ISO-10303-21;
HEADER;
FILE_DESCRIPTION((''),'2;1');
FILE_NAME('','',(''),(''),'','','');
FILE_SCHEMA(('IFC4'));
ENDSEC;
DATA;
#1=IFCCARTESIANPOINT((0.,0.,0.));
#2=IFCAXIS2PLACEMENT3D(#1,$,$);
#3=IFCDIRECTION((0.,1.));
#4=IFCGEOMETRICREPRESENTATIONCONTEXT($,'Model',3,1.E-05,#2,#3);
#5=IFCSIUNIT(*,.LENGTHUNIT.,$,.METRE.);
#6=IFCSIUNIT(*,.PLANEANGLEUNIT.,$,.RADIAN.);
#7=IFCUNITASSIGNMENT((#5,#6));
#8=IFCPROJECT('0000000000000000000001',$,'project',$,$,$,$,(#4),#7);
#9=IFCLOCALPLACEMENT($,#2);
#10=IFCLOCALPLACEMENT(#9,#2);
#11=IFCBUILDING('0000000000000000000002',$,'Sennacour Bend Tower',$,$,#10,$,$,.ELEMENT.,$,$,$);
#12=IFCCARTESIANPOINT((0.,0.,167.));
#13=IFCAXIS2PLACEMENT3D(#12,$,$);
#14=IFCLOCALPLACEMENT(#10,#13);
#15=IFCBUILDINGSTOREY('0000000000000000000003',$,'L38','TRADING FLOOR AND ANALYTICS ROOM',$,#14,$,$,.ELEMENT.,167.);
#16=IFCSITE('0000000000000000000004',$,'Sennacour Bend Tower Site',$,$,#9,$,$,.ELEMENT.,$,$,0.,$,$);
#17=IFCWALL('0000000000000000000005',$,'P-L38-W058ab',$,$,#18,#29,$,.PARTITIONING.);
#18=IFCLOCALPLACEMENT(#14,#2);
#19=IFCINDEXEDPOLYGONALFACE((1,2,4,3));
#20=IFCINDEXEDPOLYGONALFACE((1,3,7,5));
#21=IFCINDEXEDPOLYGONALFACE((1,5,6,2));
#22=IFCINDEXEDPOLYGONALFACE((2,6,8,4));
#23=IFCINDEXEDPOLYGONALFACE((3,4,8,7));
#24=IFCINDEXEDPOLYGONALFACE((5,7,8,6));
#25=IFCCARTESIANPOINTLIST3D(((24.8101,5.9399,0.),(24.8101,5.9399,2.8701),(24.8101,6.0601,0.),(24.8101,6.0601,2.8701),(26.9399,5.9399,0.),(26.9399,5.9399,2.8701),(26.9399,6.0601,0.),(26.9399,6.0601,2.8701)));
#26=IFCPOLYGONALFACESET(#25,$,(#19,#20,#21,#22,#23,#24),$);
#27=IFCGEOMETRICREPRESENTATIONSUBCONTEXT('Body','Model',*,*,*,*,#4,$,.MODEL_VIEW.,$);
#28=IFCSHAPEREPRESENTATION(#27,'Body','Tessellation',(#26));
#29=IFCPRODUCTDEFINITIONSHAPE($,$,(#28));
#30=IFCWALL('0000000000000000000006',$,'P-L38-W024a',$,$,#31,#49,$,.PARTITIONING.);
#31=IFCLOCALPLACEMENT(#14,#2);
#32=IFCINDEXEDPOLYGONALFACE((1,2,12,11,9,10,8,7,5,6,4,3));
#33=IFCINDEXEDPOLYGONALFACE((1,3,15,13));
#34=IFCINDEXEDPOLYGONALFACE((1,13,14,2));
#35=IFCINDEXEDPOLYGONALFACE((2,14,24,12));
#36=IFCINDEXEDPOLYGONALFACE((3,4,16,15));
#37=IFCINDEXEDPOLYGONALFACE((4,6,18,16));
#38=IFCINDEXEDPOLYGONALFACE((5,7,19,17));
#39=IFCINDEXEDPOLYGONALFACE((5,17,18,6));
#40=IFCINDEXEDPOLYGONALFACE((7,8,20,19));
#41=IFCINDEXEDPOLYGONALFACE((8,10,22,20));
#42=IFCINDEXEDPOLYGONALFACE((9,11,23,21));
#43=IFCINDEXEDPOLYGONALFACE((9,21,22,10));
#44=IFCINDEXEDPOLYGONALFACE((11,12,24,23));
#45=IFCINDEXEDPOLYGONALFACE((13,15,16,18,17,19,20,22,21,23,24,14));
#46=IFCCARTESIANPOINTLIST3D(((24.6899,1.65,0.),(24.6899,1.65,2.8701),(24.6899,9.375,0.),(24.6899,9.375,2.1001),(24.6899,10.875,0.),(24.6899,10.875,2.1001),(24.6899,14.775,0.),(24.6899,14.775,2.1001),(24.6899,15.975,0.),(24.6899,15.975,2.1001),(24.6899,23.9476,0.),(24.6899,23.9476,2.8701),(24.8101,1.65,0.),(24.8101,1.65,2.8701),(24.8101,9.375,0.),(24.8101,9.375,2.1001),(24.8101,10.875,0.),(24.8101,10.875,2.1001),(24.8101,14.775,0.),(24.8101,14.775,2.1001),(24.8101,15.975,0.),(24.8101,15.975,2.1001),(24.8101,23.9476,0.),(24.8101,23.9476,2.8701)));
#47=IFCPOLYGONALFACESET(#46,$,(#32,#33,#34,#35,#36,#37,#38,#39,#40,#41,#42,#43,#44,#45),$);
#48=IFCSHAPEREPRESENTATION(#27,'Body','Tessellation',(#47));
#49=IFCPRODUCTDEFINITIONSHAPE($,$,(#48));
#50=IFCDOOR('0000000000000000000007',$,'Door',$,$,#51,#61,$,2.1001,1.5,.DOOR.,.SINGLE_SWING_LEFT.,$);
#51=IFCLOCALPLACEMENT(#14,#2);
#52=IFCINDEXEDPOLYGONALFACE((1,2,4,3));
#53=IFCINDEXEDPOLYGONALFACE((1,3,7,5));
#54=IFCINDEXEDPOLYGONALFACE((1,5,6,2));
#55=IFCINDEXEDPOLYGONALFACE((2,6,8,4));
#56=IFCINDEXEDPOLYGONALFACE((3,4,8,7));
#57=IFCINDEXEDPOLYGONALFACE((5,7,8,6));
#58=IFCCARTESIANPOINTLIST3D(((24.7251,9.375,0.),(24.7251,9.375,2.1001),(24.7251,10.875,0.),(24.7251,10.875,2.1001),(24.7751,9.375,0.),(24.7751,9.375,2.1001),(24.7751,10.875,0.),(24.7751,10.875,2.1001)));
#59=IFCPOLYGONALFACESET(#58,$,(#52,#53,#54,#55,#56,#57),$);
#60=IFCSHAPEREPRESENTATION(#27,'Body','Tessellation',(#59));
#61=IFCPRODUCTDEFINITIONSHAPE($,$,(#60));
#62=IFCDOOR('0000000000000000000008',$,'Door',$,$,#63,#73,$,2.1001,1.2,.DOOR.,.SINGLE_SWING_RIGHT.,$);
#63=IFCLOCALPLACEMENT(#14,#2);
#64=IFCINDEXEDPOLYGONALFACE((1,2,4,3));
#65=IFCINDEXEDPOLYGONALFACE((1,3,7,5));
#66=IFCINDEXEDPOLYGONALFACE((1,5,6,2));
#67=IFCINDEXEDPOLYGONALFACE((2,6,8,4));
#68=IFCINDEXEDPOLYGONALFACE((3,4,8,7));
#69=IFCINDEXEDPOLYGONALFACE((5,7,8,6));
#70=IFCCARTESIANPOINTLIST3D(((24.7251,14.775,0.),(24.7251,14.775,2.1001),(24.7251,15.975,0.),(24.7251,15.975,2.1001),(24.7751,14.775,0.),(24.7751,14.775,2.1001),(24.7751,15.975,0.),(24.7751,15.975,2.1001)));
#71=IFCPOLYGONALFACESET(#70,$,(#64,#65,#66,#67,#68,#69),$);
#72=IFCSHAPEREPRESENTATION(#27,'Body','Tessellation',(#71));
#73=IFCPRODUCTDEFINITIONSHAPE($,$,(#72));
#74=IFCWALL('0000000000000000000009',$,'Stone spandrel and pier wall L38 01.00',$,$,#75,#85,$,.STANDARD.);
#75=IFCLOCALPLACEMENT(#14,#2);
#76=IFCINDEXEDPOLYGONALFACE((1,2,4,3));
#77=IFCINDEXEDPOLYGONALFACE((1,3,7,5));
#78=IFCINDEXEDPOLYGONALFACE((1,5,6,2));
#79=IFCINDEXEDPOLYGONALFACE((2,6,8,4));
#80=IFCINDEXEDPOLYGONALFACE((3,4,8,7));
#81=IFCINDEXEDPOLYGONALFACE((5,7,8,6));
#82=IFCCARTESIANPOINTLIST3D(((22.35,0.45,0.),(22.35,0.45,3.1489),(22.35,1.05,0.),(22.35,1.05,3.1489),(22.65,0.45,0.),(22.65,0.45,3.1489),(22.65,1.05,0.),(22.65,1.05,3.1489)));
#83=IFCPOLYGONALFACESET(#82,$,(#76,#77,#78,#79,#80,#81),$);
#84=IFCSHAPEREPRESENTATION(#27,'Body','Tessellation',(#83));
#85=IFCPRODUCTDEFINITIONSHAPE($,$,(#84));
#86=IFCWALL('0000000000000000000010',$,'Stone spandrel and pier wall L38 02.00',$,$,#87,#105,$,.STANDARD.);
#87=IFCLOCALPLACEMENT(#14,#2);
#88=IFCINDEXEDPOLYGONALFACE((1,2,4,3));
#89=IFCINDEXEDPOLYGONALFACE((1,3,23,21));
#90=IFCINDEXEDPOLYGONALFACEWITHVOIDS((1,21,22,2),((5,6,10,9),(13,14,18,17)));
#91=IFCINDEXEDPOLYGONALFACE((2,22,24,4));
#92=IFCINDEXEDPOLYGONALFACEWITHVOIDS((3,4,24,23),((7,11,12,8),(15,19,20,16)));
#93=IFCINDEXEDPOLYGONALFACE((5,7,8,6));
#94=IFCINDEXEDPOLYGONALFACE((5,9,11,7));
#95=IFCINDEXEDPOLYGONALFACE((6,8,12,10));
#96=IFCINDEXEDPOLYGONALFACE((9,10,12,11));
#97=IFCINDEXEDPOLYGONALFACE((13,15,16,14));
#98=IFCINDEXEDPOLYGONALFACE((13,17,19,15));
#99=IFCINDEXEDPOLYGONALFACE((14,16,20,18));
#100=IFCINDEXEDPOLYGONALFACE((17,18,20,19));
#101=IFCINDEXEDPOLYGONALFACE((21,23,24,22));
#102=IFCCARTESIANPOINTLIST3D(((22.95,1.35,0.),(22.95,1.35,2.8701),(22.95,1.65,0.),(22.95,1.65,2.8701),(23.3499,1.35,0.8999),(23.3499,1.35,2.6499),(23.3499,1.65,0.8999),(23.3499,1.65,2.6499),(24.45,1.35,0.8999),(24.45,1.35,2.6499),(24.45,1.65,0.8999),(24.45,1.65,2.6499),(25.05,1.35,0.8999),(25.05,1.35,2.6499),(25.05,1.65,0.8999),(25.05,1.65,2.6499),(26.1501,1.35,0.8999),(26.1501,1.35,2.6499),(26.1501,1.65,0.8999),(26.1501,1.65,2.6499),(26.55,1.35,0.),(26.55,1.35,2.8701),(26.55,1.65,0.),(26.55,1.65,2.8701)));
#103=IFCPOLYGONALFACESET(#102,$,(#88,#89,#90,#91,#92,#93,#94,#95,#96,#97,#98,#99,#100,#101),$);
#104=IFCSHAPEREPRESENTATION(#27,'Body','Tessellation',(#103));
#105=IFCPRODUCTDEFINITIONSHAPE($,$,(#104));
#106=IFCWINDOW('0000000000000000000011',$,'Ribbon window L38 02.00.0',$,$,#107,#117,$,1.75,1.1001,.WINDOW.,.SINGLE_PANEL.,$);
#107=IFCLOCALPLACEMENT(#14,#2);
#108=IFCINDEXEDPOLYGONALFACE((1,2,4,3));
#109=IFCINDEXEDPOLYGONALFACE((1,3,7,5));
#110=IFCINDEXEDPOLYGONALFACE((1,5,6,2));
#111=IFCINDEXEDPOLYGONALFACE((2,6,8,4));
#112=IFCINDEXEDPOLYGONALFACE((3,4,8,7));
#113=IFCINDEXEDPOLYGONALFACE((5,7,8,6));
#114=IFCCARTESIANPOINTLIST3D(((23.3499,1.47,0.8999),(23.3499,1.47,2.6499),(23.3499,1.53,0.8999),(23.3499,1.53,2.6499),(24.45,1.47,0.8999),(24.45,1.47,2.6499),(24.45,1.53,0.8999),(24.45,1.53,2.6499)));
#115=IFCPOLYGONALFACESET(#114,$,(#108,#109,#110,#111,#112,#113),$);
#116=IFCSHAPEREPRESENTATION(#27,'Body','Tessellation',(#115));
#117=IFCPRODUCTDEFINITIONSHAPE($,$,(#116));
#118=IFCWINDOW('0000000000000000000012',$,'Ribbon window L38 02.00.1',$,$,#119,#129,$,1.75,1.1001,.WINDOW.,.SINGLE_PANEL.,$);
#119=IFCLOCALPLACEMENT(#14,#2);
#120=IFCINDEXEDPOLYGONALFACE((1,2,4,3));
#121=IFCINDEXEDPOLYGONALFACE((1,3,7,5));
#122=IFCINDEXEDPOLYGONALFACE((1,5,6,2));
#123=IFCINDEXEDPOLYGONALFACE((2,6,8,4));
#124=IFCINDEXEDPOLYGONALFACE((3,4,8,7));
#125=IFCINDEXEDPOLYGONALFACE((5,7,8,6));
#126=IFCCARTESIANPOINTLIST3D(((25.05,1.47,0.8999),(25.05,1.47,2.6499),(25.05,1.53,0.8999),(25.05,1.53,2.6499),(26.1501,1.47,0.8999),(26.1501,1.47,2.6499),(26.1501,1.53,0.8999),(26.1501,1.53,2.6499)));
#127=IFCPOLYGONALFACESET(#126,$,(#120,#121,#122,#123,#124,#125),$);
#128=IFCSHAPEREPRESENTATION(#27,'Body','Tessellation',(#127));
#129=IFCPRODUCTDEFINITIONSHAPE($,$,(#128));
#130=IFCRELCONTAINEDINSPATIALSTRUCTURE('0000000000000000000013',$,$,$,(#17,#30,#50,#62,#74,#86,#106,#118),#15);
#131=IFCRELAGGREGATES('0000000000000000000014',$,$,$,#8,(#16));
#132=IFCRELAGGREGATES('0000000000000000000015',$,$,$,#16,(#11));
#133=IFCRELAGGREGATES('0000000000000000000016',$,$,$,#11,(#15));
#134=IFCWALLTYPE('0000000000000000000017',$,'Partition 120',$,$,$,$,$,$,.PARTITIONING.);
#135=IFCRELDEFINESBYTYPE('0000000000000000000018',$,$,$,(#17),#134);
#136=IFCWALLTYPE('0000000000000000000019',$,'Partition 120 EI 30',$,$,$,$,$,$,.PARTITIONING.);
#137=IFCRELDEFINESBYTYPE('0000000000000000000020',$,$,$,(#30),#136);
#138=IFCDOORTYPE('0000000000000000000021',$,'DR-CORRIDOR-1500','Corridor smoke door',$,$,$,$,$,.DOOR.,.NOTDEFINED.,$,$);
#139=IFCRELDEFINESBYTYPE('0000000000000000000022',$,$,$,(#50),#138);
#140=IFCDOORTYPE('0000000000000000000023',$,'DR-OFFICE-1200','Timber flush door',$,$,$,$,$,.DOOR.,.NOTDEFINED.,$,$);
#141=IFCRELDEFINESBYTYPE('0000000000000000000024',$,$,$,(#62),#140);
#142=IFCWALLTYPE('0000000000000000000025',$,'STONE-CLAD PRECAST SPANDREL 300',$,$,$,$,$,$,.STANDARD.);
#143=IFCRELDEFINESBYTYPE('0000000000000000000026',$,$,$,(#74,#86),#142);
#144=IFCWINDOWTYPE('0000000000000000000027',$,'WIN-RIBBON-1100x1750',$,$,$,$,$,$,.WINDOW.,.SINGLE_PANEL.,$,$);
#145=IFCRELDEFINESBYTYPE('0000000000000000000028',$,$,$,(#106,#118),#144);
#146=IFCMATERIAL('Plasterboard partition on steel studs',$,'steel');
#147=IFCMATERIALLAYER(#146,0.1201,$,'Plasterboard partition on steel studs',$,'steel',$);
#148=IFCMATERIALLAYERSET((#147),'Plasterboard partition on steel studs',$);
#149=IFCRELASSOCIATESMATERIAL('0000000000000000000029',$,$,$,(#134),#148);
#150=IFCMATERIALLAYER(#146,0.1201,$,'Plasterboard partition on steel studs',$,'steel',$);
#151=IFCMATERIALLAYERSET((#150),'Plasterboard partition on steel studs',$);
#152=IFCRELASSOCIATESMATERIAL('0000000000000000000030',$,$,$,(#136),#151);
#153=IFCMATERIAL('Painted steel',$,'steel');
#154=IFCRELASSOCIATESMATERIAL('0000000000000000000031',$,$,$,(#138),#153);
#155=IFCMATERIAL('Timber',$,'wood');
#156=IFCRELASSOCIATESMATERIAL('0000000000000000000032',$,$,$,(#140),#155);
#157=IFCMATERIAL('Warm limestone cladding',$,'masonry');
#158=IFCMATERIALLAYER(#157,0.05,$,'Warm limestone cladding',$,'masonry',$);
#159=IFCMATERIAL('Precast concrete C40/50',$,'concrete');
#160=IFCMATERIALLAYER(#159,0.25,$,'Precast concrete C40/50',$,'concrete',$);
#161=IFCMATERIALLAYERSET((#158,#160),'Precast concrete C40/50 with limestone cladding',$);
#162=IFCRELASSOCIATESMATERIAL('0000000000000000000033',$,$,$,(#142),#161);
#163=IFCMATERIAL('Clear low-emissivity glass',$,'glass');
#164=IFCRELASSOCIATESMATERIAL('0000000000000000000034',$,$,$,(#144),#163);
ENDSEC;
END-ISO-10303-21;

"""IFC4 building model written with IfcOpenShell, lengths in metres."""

from ifc_helpers import new_model, si_unit, direction, frame, frame_2d, origin, place, context, subcontext, project, spatial, rectangle, extrude, material, layer, layer_set, type_object, element, fill, save


model = new_model("IFC4")

# Units and contexts
model_context = context("Model", 3, precision=1e-05, world=origin(), true_north=direction((0.0, 1.0)))
body_context = subcontext(model_context, "Body", "Model", "MODEL_VIEW")
ifc_project = project(units=[si_unit("LENGTHUNIT", "METRE"), si_unit("PLANEANGLEUNIT", "RADIAN")], contexts=[model_context])

# Site, building, storey
site_placement = place(None, origin())
site = spatial("IfcSite", under=ifc_project, at=site_placement, Name="Sennacour Bend Tower Site", CompositionType="ELEMENT", RefElevation=0.0)
building_placement = place(site_placement, origin())
building = spatial("IfcBuilding", under=site, at=building_placement, Name="Sennacour Bend Tower", CompositionType="ELEMENT")
storey_placement = place(building_placement, frame((0.0, 0.0, 167.0)))
storey = spatial("IfcBuildingStorey", under=building, at=storey_placement, Name="L38", Description="TRADING FLOOR AND ANALYTICS ROOM", CompositionType="ELEMENT", Elevation=167.0)

# Wall
ifc_material_1 = material(Name="Plasterboard partition on steel studs", Category="steel")
ifc_layer_1 = layer(ifc_material_1, 0.1201, Name="Plasterboard partition on steel studs", Category="steel")
ifc_layer_set_1 = layer_set([ifc_layer_1], Name="Plasterboard partition on steel studs")
wall_type_1 = type_object("IfcWallType", Name="Partition 120", PredefinedType="PARTITIONING", material=ifc_layer_set_1)
wall_1_placement = place(storey_placement, frame((24.8101, 6.0, 0.0), z_axis=(0.0, 0.0, 1.0), x_axis=(1.0, 0.0, 0.0)))
element("IfcWall", 1, at=wall_1_placement, inside=storey, type_object=wall_type_1, Name="P-L38-W058ab", PredefinedType="PARTITIONING", context=body_context, shape_type="SweptSolid", body=[
    extrude(rectangle(XDim=2.1299, YDim=0.1201, at=frame_2d((1.0649, 0.0))), origin(), (0.0, 0.0, 1.0), 2.8701),
])

# Wall, openings, doors
ifc_layer_2 = layer(ifc_material_1, 0.1201, Name="Plasterboard partition on steel studs", Category="steel")
ifc_layer_set_2 = layer_set([ifc_layer_2], Name="Plasterboard partition on steel studs")
wall_type_2 = type_object("IfcWallType", Name="Partition 120 EI 30", PredefinedType="PARTITIONING", material=ifc_layer_set_2)
wall_2_placement = place(storey_placement, frame((24.75, 1.6499, 0.0), z_axis=(0.0, 0.0, 1.0), x_axis=(0.0, 1.0, 0.0)))
wall_2 = element("IfcWall", 2, at=wall_2_placement, inside=storey, type_object=wall_type_2, Name="P-L38-W024a", PredefinedType="PARTITIONING", context=body_context, shape_type="SweptSolid", body=[
    extrude(rectangle(XDim=22.2976, YDim=0.1201, at=frame_2d((11.1489, 0.0))), origin(), (0.0, 0.0, 1.0), 2.8701),
])
opening_1_placement = place(wall_2_placement, frame((7.7251, 0.0, 0.0)))
opening_1 = element("IfcOpeningElement", 3, at=opening_1_placement, cuts=wall_2, PredefinedType="OPENING", context=body_context, shape_type="SweptSolid", body=[
    extrude(rectangle(XDim=1.5, YDim=2.1001, at=frame_2d((0.75, 1.05))), frame((0.0, 0.0701, 0.0), z_axis=(0.0, -1.0, 0.0), x_axis=(1.0, 0.0, 0.0)), (0.0, 0.0, 1.0), 0.1401),
])
opening_2_placement = place(wall_2_placement, frame((13.125, 0.0, 0.0)))
opening_2 = element("IfcOpeningElement", 4, at=opening_2_placement, cuts=wall_2, PredefinedType="OPENING", context=body_context, shape_type="SweptSolid", body=[
    extrude(rectangle(XDim=1.2, YDim=2.1001, at=frame_2d((0.6001, 1.05))), frame((0.0, 0.0701, 0.0), z_axis=(0.0, -1.0, 0.0), x_axis=(1.0, 0.0, 0.0)), (0.0, 0.0, 1.0), 0.1401),
])
ifc_material_2 = material(Name="Painted steel", Category="steel")
door_type_1 = type_object("IfcDoorType", Name="DR-CORRIDOR-1500", Description="Corridor smoke door", OperationType="NOTDEFINED", PredefinedType="DOOR", material=ifc_material_2)
door_1_placement = place(opening_1_placement, origin())
door_1 = element("IfcDoor", 5, at=door_1_placement, inside=storey, type_object=door_type_1, Name="Door", OperationType="SINGLE_SWING_LEFT", OverallHeight=2.1001, OverallWidth=1.5, PredefinedType="DOOR", context=body_context, shape_type="SweptSolid", body=[
    extrude(rectangle(XDim=1.5, YDim=2.1001, at=frame_2d((0.75, 1.05))), frame((0.0, 0.0249, 0.0), z_axis=(0.0, -1.0, 0.0), x_axis=(1.0, 0.0, 0.0)), (0.0, 0.0, 1.0), 0.05),
])
fill(opening_1, door_1)
ifc_material_3 = material(Name="Timber", Category="wood")
door_type_2 = type_object("IfcDoorType", Name="DR-OFFICE-1200", Description="Timber flush door", OperationType="NOTDEFINED", PredefinedType="DOOR", material=ifc_material_3)
door_2_placement = place(opening_2_placement, origin())
door_2 = element("IfcDoor", 6, at=door_2_placement, inside=storey, type_object=door_type_2, Name="Door", OperationType="SINGLE_SWING_RIGHT", OverallHeight=2.1001, OverallWidth=1.2, PredefinedType="DOOR", context=body_context, shape_type="SweptSolid", body=[
    extrude(rectangle(XDim=1.2, YDim=2.1001, at=frame_2d((0.6001, 1.05))), frame((0.0, 0.0249, 0.0), z_axis=(0.0, -1.0, 0.0), x_axis=(1.0, 0.0, 0.0)), (0.0, 0.0, 1.0), 0.05),
])
fill(opening_2, door_2)

# Wall
ifc_material_4 = material(Name="Warm limestone cladding", Category="masonry")
ifc_layer_3 = layer(ifc_material_4, 0.05, Name="Warm limestone cladding", Category="masonry")
ifc_material_5 = material(Name="Precast concrete C40/50", Category="concrete")
ifc_layer_4 = layer(ifc_material_5, 0.25, Name="Precast concrete C40/50", Category="concrete")
ifc_layer_set_3 = layer_set([ifc_layer_3, ifc_layer_4], Name="Precast concrete C40/50 with limestone cladding")
wall_type_3 = type_object("IfcWallType", Name="STONE-CLAD PRECAST SPANDREL 300", PredefinedType="STANDARD", material=ifc_layer_set_3)
wall_3_placement = place(storey_placement, frame((22.5, 0.45, 0.0), z_axis=(0.0, 0.0, 1.0), x_axis=(0.0, 1.0, 0.0)))
element("IfcWall", 7, at=wall_3_placement, inside=storey, type_object=wall_type_3, Name="Stone spandrel and pier wall L38 01.00", PredefinedType="STANDARD", context=body_context, shape_type="SweptSolid", body=[
    extrude(rectangle(XDim=0.6001, YDim=0.3, at=frame_2d((0.3, 0.0))), origin(), (0.0, 0.0, 1.0), 3.1489),
])

# Wall, openings, windows
wall_4_placement = place(storey_placement, frame((22.95, 1.5, 0.0), z_axis=(0.0, 0.0, 1.0), x_axis=(1.0, 0.0, 0.0)))
wall_4 = element("IfcWall", 8, at=wall_4_placement, inside=storey, type_object=wall_type_3, Name="Stone spandrel and pier wall L38 02.00", PredefinedType="STANDARD", context=body_context, shape_type="SweptSolid", body=[
    extrude(rectangle(XDim=3.6001, YDim=0.3, at=frame_2d((1.8, 0.0))), origin(), (0.0, 0.0, 1.0), 2.8701),
])
opening_3_placement = place(wall_4_placement, frame((0.3999, 0.0, 0.8999)))
opening_3 = element("IfcOpeningElement", 9, at=opening_3_placement, cuts=wall_4, PredefinedType="OPENING", context=body_context, shape_type="SweptSolid", body=[
    extrude(rectangle(XDim=1.1001, YDim=1.75, at=frame_2d((0.55, 0.875))), frame((0.0, 0.1602, 0.0), z_axis=(0.0, -1.0, 0.0), x_axis=(1.0, 0.0, 0.0)), (0.0, 0.0, 1.0), 0.3201),
])
opening_4_placement = place(wall_4_placement, frame((2.1001, 0.0, 0.8999)))
opening_4 = element("IfcOpeningElement", 10, at=opening_4_placement, cuts=wall_4, PredefinedType="OPENING", context=body_context, shape_type="SweptSolid", body=[
    extrude(rectangle(XDim=1.1001, YDim=1.75, at=frame_2d((0.55, 0.875))), frame((0.0, 0.1602, 0.0), z_axis=(0.0, -1.0, 0.0), x_axis=(1.0, 0.0, 0.0)), (0.0, 0.0, 1.0), 0.3201),
])
ifc_material_6 = material(Name="Clear low-emissivity glass", Category="glass")
window_type = type_object("IfcWindowType", Name="WIN-RIBBON-1100x1750", PartitioningType="SINGLE_PANEL", PredefinedType="WINDOW", material=ifc_material_6)
window_1_placement = place(opening_3_placement, origin())
window_1 = element("IfcWindow", 11, at=window_1_placement, inside=storey, type_object=window_type, Name="Ribbon window L38 02.00.0", OverallHeight=1.75, OverallWidth=1.1001, PartitioningType="SINGLE_PANEL", PredefinedType="WINDOW", context=body_context, shape_type="SweptSolid", body=[
    extrude(rectangle(XDim=1.1001, YDim=1.75, at=frame_2d((0.55, 0.875))), frame((0.0, 0.03, 0.0), z_axis=(0.0, -1.0, 0.0), x_axis=(1.0, 0.0, 0.0)), (0.0, 0.0, 1.0), 0.0601),
])
fill(opening_3, window_1)
window_2_placement = place(opening_4_placement, origin())
window_2 = element("IfcWindow", 12, at=window_2_placement, inside=storey, type_object=window_type, Name="Ribbon window L38 02.00.1", OverallHeight=1.75, OverallWidth=1.1001, PartitioningType="SINGLE_PANEL", PredefinedType="WINDOW", context=body_context, shape_type="SweptSolid", body=[
    extrude(rectangle(XDim=1.1001, YDim=1.75, at=frame_2d((0.55, 0.875))), frame((0.0, 0.03, 0.0), z_axis=(0.0, -1.0, 0.0), x_axis=(1.0, 0.0, 0.0)), (0.0, 0.0, 1.0), 0.0601),
])
fill(opening_4, window_2)

save(model, "model.ifc")
